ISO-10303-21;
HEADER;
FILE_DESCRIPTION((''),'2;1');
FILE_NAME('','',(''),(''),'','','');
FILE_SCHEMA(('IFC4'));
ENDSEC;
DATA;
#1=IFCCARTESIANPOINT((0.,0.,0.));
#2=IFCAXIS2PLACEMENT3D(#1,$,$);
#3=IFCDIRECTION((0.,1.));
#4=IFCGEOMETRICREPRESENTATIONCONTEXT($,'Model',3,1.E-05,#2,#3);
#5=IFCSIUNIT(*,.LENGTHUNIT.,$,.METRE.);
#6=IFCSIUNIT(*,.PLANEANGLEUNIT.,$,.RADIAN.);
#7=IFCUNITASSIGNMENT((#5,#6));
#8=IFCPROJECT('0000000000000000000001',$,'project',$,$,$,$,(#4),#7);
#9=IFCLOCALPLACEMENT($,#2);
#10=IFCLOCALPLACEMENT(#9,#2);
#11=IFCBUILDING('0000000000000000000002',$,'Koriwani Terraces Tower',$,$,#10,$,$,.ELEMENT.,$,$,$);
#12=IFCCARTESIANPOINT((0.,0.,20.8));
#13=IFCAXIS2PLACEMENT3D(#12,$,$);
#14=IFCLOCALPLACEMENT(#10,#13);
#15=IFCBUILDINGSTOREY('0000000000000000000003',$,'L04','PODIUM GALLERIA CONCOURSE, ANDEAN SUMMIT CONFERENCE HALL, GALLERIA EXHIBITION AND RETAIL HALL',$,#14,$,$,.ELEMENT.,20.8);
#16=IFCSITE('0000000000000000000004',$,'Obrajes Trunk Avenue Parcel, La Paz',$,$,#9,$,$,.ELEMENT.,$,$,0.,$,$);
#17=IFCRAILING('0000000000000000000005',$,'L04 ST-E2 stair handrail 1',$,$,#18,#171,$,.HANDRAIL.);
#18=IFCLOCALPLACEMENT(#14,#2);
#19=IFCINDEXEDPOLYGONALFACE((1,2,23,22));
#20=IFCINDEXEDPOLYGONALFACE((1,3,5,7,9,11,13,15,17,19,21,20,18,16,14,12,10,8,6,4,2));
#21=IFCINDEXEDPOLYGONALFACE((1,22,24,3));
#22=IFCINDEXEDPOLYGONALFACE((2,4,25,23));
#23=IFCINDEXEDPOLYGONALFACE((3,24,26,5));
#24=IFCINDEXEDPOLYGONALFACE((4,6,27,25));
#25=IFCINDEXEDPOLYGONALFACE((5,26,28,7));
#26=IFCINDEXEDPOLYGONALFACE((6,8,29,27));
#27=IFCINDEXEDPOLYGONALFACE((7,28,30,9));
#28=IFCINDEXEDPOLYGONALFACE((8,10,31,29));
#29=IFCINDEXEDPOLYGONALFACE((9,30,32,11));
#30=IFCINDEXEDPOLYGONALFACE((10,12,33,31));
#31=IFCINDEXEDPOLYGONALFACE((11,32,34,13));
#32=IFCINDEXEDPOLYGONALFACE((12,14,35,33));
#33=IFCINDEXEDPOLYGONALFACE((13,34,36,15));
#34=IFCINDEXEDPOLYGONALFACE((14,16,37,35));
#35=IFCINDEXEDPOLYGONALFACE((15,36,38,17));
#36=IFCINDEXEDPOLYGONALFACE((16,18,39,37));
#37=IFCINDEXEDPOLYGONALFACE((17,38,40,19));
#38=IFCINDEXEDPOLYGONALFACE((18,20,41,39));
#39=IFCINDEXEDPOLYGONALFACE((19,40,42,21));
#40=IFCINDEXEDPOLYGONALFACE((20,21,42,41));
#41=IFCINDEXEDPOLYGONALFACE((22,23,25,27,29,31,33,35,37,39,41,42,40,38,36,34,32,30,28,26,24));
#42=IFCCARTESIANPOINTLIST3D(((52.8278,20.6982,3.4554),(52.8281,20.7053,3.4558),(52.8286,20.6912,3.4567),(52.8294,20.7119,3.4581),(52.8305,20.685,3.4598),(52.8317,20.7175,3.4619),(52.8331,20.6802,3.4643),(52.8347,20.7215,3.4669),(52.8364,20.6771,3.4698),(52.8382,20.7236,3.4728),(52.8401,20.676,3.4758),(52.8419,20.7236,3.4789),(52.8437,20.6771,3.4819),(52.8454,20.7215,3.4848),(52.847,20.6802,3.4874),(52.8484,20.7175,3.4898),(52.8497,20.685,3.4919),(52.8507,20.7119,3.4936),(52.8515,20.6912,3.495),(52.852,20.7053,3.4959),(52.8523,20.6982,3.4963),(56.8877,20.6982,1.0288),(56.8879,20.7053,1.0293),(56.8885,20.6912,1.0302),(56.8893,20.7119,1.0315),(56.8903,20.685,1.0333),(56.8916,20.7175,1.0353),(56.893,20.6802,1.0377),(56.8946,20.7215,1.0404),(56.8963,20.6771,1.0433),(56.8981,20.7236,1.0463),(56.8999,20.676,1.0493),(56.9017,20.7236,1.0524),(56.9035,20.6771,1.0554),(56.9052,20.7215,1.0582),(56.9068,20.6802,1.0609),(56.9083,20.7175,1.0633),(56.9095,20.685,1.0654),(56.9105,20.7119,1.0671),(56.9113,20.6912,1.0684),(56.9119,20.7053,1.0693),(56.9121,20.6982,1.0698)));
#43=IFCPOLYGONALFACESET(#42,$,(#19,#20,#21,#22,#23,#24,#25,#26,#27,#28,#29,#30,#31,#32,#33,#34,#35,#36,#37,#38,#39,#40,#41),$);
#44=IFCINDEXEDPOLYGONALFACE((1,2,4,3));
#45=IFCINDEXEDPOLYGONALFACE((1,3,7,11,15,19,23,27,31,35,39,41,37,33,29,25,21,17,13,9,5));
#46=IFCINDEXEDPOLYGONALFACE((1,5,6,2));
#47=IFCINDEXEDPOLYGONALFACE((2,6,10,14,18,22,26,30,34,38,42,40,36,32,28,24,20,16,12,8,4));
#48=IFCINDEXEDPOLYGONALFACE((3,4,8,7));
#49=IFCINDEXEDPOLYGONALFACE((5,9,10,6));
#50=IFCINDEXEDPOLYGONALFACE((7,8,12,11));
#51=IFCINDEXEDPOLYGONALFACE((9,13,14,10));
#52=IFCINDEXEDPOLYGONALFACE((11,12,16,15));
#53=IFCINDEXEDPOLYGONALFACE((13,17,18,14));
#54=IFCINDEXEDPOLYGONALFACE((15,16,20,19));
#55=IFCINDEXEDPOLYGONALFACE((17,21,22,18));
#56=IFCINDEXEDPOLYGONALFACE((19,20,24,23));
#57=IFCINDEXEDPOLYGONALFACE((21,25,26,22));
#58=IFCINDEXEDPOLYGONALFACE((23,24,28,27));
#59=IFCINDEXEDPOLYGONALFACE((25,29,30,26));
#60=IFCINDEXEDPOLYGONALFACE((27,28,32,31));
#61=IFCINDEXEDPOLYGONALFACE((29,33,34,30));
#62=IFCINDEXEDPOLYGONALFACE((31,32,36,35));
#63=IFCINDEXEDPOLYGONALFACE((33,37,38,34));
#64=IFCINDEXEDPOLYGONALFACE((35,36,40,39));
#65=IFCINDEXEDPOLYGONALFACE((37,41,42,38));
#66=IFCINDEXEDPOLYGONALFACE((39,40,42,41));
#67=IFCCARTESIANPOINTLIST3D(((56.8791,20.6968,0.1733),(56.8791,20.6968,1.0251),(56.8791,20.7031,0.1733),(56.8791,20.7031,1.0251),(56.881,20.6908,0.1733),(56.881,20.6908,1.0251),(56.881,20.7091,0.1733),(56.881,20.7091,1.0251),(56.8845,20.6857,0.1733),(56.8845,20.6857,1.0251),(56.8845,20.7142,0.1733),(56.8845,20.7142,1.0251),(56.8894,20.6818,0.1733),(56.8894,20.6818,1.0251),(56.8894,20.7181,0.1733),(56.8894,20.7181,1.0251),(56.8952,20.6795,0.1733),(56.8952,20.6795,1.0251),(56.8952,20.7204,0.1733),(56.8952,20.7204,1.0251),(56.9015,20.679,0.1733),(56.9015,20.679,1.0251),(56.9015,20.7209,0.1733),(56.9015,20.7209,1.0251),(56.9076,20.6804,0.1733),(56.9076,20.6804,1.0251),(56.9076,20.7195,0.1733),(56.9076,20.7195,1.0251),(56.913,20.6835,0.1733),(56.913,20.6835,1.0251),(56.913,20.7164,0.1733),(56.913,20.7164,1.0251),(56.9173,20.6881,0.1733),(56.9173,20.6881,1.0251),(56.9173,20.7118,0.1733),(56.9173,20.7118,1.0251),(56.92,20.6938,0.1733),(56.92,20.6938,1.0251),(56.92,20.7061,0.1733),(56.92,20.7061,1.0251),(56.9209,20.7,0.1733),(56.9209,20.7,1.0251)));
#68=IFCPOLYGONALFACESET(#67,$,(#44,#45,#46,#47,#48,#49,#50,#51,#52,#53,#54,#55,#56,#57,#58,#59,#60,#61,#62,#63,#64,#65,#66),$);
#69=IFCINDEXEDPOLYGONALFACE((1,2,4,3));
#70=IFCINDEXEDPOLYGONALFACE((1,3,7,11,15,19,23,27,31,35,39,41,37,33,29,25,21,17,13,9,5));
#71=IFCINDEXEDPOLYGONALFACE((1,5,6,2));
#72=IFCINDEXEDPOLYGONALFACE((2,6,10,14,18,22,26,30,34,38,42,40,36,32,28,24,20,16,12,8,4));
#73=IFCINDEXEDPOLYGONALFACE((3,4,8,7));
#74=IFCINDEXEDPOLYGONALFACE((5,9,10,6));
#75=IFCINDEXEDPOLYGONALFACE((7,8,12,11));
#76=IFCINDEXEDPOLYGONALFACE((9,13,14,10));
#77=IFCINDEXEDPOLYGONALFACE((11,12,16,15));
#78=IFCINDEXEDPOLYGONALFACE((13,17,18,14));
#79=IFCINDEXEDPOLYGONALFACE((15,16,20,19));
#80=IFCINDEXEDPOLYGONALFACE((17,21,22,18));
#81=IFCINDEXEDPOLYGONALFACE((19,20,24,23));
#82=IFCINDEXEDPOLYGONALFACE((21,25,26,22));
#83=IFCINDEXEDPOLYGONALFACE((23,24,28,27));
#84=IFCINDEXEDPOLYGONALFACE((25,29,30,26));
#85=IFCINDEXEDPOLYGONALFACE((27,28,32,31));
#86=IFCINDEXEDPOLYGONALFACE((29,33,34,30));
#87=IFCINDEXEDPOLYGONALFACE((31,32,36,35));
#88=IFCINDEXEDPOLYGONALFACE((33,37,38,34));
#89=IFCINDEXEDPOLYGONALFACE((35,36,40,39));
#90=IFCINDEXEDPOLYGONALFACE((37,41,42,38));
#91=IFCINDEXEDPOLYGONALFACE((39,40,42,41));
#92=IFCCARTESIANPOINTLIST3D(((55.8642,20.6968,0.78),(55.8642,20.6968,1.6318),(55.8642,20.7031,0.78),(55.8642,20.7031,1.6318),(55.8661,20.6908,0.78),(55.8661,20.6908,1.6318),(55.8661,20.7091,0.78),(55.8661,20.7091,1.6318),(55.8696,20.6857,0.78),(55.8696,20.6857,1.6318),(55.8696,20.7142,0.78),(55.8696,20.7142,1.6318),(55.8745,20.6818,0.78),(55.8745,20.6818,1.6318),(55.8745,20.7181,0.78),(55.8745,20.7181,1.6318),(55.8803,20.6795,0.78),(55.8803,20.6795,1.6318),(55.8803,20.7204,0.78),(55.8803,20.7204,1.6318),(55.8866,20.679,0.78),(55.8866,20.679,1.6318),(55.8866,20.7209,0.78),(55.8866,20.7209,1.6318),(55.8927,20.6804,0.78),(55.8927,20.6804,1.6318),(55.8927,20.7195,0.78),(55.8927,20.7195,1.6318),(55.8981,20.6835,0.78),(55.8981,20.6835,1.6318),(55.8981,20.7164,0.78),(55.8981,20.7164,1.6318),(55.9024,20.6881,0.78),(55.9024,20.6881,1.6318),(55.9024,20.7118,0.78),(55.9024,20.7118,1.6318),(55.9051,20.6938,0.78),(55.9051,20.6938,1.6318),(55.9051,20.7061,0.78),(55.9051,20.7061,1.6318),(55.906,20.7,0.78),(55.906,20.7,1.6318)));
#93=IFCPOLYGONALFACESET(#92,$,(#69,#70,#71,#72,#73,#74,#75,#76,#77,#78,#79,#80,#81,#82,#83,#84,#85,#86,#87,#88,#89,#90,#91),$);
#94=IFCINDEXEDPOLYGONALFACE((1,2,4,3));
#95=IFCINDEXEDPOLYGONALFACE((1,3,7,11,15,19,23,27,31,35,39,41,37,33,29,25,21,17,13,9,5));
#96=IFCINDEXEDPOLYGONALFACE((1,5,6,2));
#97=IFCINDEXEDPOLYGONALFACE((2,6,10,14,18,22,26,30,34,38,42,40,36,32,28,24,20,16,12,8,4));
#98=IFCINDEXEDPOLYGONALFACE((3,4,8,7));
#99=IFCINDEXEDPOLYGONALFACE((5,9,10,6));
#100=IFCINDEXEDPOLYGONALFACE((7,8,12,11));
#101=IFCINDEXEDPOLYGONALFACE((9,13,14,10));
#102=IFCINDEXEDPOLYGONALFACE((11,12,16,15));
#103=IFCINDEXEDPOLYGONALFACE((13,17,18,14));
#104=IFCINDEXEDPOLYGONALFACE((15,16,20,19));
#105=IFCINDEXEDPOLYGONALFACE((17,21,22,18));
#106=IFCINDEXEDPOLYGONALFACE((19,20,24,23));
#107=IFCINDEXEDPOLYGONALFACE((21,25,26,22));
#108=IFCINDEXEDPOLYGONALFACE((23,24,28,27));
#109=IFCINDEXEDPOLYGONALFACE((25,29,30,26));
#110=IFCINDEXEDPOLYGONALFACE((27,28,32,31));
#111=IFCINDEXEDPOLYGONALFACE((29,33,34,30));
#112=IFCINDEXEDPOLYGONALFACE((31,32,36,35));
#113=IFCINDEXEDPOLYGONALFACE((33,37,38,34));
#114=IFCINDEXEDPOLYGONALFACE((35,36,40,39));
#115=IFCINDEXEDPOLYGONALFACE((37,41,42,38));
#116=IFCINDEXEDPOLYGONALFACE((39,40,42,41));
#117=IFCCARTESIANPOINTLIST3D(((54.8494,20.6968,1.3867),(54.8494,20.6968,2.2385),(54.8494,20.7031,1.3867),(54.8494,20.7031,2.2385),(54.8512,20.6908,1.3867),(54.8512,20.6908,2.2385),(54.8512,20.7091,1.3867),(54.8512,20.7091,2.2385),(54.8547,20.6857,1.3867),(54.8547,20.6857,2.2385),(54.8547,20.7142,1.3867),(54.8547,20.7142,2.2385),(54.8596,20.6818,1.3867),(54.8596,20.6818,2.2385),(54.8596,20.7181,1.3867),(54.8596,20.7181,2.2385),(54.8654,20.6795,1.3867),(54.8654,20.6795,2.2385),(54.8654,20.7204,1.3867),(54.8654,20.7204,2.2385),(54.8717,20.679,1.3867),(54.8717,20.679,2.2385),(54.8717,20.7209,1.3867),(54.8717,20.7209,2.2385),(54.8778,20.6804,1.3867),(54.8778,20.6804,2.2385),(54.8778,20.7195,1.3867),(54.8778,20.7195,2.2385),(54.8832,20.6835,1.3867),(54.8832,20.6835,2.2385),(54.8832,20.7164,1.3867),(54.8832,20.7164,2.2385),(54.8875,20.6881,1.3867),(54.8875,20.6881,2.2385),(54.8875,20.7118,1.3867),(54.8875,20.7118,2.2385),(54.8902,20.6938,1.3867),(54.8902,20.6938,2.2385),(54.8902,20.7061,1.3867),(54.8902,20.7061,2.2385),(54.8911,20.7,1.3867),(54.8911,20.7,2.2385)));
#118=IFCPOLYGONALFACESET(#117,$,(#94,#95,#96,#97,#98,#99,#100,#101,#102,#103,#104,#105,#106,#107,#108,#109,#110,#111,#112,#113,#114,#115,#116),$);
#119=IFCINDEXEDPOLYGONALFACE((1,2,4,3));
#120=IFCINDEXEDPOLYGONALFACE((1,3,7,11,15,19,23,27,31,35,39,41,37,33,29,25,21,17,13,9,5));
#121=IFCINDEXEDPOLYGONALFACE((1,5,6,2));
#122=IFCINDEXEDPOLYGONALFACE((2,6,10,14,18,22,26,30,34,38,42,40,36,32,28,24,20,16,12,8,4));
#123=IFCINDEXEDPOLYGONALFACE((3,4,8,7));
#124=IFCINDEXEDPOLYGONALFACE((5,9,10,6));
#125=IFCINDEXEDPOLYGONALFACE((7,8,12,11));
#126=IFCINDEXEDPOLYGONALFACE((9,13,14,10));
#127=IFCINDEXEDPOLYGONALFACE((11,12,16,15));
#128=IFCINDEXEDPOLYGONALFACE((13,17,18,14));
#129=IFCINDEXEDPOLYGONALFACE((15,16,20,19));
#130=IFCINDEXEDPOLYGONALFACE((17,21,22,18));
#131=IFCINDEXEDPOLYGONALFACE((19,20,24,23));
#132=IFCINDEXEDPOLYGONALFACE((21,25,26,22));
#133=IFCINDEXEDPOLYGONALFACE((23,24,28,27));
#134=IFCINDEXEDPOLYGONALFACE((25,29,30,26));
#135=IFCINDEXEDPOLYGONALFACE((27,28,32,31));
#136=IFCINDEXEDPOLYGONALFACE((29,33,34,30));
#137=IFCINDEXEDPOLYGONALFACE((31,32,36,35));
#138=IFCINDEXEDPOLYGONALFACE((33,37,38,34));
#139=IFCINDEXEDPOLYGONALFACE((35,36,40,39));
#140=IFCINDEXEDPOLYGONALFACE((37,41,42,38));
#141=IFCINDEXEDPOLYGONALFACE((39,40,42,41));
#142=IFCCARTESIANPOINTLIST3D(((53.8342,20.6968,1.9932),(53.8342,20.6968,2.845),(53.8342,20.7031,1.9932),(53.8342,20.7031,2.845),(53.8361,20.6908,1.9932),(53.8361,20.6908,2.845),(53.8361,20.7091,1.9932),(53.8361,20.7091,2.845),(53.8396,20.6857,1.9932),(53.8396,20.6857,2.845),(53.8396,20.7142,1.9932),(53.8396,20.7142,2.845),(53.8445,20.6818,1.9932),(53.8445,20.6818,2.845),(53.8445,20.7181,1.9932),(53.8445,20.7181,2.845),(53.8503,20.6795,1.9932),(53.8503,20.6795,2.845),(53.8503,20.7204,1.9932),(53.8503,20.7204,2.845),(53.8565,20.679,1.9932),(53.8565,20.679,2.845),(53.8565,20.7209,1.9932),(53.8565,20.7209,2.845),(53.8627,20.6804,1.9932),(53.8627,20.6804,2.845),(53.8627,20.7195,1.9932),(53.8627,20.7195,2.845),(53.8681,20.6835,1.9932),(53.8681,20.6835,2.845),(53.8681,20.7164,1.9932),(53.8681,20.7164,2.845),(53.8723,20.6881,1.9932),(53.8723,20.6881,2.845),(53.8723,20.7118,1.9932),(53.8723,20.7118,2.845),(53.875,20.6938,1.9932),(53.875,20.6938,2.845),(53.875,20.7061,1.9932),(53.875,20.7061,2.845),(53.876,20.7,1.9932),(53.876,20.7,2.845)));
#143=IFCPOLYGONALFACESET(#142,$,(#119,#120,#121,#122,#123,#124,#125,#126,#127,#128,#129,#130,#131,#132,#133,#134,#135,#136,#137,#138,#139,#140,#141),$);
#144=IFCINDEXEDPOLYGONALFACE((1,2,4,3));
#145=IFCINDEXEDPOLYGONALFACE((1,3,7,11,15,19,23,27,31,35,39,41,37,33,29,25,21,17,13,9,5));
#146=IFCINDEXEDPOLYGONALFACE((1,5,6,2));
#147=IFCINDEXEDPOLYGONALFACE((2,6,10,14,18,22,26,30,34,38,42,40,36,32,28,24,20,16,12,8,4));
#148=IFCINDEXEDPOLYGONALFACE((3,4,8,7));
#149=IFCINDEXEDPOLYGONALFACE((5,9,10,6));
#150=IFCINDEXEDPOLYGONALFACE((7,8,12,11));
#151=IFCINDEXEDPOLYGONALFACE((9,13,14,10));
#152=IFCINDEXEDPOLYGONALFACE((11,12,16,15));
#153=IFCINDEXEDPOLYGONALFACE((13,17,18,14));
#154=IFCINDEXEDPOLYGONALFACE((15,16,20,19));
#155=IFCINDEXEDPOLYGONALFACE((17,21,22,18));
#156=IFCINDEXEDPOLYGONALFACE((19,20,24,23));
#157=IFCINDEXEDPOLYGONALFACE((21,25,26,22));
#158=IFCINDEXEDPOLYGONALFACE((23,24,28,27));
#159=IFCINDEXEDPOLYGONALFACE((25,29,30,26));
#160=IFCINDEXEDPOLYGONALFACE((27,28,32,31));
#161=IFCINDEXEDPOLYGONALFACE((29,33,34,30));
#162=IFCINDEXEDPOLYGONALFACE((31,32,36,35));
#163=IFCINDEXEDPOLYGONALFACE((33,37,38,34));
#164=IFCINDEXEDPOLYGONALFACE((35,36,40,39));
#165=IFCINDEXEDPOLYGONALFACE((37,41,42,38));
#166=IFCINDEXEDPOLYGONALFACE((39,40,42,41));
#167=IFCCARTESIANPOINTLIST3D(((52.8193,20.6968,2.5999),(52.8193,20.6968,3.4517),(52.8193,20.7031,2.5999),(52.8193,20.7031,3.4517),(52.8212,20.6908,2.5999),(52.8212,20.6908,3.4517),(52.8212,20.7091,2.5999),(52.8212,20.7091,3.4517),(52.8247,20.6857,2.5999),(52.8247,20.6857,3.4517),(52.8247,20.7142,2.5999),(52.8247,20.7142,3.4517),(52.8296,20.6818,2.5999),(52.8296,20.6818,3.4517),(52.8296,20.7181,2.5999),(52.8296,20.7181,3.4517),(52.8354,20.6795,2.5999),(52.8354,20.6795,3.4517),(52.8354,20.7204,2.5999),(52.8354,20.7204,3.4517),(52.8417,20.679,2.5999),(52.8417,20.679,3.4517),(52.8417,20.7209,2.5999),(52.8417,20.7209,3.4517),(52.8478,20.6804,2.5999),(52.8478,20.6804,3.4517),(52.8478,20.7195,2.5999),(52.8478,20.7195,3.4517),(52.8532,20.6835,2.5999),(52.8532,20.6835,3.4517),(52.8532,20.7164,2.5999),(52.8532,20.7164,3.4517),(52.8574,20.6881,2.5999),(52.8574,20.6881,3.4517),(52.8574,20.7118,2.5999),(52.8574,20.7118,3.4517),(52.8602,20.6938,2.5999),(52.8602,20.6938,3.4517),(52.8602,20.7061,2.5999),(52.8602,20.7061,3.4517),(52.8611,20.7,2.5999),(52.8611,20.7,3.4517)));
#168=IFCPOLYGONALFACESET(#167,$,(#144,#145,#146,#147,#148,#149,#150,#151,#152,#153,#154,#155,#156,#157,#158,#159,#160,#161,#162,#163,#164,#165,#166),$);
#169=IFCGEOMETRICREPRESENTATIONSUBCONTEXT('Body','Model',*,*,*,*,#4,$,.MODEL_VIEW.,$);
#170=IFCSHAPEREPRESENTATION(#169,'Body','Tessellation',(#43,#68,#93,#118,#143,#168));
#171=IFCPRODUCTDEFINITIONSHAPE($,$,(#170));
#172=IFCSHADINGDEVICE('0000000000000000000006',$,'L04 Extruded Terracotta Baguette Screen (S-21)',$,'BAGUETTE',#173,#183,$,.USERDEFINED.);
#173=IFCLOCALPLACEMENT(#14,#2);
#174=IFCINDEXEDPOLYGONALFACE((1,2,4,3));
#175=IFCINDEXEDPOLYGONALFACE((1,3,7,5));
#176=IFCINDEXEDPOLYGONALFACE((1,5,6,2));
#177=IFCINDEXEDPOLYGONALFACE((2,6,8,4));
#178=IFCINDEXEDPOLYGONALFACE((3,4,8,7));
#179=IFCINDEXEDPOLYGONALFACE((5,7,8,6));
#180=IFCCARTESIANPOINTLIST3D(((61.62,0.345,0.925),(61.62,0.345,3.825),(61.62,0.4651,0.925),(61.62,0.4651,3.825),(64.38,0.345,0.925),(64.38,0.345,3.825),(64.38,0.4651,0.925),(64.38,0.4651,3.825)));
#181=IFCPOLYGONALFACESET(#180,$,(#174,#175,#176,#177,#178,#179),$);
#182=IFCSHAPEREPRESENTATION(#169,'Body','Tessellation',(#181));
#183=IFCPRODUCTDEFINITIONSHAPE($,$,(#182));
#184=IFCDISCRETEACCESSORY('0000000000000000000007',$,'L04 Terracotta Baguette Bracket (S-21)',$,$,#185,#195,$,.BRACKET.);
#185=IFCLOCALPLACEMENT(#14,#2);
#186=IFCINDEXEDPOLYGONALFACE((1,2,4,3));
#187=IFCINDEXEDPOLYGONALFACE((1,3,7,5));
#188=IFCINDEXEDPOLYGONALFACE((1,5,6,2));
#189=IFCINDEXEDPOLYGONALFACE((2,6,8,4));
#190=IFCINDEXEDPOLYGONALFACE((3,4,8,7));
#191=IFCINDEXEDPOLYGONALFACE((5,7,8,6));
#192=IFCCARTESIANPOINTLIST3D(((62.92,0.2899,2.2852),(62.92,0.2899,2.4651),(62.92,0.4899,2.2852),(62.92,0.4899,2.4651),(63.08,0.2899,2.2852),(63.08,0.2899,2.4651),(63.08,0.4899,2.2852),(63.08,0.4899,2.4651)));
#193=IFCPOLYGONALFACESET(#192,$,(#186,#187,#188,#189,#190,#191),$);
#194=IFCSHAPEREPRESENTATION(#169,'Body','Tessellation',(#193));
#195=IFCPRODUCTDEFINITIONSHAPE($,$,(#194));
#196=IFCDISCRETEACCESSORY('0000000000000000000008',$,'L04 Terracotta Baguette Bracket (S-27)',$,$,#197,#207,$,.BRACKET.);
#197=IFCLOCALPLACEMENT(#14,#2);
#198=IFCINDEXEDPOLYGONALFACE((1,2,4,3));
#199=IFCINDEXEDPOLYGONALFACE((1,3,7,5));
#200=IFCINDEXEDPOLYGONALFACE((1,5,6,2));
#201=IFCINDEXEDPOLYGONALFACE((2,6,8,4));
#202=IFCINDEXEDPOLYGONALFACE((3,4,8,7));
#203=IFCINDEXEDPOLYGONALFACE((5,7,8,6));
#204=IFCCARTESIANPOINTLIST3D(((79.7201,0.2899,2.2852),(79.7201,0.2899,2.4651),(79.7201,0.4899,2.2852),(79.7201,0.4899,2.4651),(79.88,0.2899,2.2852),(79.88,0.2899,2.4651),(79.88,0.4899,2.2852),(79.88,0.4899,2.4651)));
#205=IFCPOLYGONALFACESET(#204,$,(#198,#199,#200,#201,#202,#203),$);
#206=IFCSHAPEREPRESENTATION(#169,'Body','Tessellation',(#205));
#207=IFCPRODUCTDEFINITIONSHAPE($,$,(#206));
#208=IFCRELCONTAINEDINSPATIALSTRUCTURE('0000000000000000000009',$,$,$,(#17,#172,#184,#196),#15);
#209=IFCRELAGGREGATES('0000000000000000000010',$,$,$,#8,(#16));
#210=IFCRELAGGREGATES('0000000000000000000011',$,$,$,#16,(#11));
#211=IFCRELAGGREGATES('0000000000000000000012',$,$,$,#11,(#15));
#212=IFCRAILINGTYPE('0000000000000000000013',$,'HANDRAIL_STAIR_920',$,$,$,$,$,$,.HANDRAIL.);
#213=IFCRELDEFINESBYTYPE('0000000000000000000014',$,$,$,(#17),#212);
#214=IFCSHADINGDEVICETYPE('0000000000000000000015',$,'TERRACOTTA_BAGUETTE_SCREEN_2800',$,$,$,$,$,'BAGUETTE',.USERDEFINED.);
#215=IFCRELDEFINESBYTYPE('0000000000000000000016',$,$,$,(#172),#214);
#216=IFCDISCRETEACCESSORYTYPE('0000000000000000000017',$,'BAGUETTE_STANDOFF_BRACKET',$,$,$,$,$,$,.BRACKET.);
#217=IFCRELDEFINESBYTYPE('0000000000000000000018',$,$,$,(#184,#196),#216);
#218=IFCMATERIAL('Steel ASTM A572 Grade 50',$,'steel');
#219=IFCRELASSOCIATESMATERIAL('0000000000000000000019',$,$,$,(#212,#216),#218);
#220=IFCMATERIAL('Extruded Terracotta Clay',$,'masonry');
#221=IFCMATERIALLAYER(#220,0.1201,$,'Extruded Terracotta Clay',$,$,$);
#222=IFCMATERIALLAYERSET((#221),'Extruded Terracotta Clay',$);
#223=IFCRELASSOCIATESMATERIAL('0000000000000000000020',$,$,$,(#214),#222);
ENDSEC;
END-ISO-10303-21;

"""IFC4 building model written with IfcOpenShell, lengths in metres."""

from ifc_helpers import new_model, si_unit, direction, frame, origin, origin_2d, place, context, subcontext, project, spatial, rectangle, circle, extrude, material, layer, layer_set, type_object, element, save


model = new_model("IFC4")

# Units and contexts
model_context = context("Model", 3, precision=1e-05, world=origin(), true_north=direction((0.0, 1.0)))
body_context = subcontext(model_context, "Body", "Model", "MODEL_VIEW")
ifc_project = project(units=[si_unit("LENGTHUNIT", "METRE"), si_unit("PLANEANGLEUNIT", "RADIAN")], contexts=[model_context])

# Site, building, storey
site_placement = place(None, origin())
site = spatial("IfcSite", under=ifc_project, at=site_placement, Name="Obrajes Trunk Avenue Parcel, La Paz", CompositionType="ELEMENT", RefElevation=0.0)
building_placement = place(site_placement, origin())
building = spatial("IfcBuilding", under=site, at=building_placement, Name="Koriwani Terraces Tower", CompositionType="ELEMENT")
storey_placement = place(building_placement, frame((0.0, 0.0, 20.8)))
storey = spatial("IfcBuildingStorey", under=building, at=storey_placement, Name="L04", Description="PODIUM GALLERIA CONCOURSE, ANDEAN SUMMIT CONFERENCE HALL, GALLERIA EXHIBITION AND RETAIL HALL", CompositionType="ELEMENT", Elevation=20.8)

# Shared definitions
ifc_material_1 = material(Name="Steel ASTM A572 Grade 50", Category="steel")

# Railing
railing_type_1 = type_object("IfcRailingType", Name="HANDRAIL_STAIR_920", PredefinedType="HANDRAIL", material=ifc_material_1)
railing_1_placement = place(storey_placement, frame((56.8999, 20.7, 0.1733)))
element("IfcRailing", 1, at=railing_1_placement, inside=storey, type_object=railing_type_1, Name="L04 ST-E2 stair handrail 1", PredefinedType="HANDRAIL", context=body_context, shape_type="SweptSolid", body=[
    extrude(circle(Radius=0.0239, at=origin_2d()), frame((0.0, 0.0, 0.876), z_axis=(-0.858366, 0.0, 0.513038), x_axis=(0.0, -1.0, 0.0)), (0.0, 0.0, 1.0), 4.7297),
    extrude(circle(Radius=0.021, at=origin_2d()), origin(), (0.0, 0.0, 1.0), 0.8518),
    extrude(circle(Radius=0.021, at=origin_2d()), frame((-1.0149, 0.0, 0.6067)), (0.0, 0.0, 1.0), 0.8518),
    extrude(circle(Radius=0.021, at=origin_2d()), frame((-2.0298, 0.0, 1.2134)), (0.0, 0.0, 1.0), 0.8518),
    extrude(circle(Radius=0.021, at=origin_2d()), frame((-3.0449, 0.0, 1.8198)), (0.0, 0.0, 1.0), 0.8518),
    extrude(circle(Radius=0.021, at=origin_2d()), frame((-4.0598, 0.0, 2.4265)), (0.0, 0.0, 1.0), 0.8518),
])

# Shading device
ifc_material_2 = material(Name="Extruded Terracotta Clay", Category="masonry")
ifc_layer_1 = layer(ifc_material_2, 0.1201, Name="Extruded Terracotta Clay")
ifc_layer_set_1 = layer_set([ifc_layer_1], Name="Extruded Terracotta Clay")
shading_device_type = type_object("IfcShadingDeviceType", Name="TERRACOTTA_BAGUETTE_SCREEN_2800", ElementType="BAGUETTE", PredefinedType="USERDEFINED", material=ifc_layer_set_1)
shading_device_placement = place(storey_placement, frame((63.0, 0.405, 0.925), z_axis=(0.0, 0.0, 1.0), x_axis=(-1.0, 0.0, 0.0)))
element("IfcShadingDevice", 2, at=shading_device_placement, inside=storey, type_object=shading_device_type, Name="L04 Extruded Terracotta Baguette Screen (S-21)", ObjectType="BAGUETTE", PredefinedType="USERDEFINED", context=body_context, shape_type="SweptSolid", body=[
    extrude(rectangle(XDim=2.76, YDim=0.1201, at=origin_2d()), origin(), (0.0, 0.0, 1.0), 2.8999),
])

# Discrete accessories
discrete_accessory_type = type_object("IfcDiscreteAccessoryType", Name="BAGUETTE_STANDOFF_BRACKET", PredefinedType="BRACKET", material=ifc_material_1)
for number, where, z_axis, x_axis, name in (
    (3, (63.0, 0.3899, 2.2852), (0.0, 0.0, 1.0), (-1.0, 0.0, 0.0), "L04 Terracotta Baguette Bracket (S-21)"),
    (4, (79.8, 0.3899, 2.2852), (0.0, 0.0, 1.0), (-1.0, 0.0, 0.0), "L04 Terracotta Baguette Bracket (S-27)"),
):
    element("IfcDiscreteAccessory", number, at=place(storey_placement, frame(where, z_axis=z_axis, x_axis=x_axis)), inside=storey, type_object=discrete_accessory_type, Name=name, PredefinedType="BRACKET", context=body_context, shape_type="SweptSolid", body=[
        extrude(rectangle(XDim=0.1599, YDim=0.2, at=origin_2d()), origin(), (0.0, 0.0, 1.0), 0.1799),
    ])

save(model, "model.ifc")
